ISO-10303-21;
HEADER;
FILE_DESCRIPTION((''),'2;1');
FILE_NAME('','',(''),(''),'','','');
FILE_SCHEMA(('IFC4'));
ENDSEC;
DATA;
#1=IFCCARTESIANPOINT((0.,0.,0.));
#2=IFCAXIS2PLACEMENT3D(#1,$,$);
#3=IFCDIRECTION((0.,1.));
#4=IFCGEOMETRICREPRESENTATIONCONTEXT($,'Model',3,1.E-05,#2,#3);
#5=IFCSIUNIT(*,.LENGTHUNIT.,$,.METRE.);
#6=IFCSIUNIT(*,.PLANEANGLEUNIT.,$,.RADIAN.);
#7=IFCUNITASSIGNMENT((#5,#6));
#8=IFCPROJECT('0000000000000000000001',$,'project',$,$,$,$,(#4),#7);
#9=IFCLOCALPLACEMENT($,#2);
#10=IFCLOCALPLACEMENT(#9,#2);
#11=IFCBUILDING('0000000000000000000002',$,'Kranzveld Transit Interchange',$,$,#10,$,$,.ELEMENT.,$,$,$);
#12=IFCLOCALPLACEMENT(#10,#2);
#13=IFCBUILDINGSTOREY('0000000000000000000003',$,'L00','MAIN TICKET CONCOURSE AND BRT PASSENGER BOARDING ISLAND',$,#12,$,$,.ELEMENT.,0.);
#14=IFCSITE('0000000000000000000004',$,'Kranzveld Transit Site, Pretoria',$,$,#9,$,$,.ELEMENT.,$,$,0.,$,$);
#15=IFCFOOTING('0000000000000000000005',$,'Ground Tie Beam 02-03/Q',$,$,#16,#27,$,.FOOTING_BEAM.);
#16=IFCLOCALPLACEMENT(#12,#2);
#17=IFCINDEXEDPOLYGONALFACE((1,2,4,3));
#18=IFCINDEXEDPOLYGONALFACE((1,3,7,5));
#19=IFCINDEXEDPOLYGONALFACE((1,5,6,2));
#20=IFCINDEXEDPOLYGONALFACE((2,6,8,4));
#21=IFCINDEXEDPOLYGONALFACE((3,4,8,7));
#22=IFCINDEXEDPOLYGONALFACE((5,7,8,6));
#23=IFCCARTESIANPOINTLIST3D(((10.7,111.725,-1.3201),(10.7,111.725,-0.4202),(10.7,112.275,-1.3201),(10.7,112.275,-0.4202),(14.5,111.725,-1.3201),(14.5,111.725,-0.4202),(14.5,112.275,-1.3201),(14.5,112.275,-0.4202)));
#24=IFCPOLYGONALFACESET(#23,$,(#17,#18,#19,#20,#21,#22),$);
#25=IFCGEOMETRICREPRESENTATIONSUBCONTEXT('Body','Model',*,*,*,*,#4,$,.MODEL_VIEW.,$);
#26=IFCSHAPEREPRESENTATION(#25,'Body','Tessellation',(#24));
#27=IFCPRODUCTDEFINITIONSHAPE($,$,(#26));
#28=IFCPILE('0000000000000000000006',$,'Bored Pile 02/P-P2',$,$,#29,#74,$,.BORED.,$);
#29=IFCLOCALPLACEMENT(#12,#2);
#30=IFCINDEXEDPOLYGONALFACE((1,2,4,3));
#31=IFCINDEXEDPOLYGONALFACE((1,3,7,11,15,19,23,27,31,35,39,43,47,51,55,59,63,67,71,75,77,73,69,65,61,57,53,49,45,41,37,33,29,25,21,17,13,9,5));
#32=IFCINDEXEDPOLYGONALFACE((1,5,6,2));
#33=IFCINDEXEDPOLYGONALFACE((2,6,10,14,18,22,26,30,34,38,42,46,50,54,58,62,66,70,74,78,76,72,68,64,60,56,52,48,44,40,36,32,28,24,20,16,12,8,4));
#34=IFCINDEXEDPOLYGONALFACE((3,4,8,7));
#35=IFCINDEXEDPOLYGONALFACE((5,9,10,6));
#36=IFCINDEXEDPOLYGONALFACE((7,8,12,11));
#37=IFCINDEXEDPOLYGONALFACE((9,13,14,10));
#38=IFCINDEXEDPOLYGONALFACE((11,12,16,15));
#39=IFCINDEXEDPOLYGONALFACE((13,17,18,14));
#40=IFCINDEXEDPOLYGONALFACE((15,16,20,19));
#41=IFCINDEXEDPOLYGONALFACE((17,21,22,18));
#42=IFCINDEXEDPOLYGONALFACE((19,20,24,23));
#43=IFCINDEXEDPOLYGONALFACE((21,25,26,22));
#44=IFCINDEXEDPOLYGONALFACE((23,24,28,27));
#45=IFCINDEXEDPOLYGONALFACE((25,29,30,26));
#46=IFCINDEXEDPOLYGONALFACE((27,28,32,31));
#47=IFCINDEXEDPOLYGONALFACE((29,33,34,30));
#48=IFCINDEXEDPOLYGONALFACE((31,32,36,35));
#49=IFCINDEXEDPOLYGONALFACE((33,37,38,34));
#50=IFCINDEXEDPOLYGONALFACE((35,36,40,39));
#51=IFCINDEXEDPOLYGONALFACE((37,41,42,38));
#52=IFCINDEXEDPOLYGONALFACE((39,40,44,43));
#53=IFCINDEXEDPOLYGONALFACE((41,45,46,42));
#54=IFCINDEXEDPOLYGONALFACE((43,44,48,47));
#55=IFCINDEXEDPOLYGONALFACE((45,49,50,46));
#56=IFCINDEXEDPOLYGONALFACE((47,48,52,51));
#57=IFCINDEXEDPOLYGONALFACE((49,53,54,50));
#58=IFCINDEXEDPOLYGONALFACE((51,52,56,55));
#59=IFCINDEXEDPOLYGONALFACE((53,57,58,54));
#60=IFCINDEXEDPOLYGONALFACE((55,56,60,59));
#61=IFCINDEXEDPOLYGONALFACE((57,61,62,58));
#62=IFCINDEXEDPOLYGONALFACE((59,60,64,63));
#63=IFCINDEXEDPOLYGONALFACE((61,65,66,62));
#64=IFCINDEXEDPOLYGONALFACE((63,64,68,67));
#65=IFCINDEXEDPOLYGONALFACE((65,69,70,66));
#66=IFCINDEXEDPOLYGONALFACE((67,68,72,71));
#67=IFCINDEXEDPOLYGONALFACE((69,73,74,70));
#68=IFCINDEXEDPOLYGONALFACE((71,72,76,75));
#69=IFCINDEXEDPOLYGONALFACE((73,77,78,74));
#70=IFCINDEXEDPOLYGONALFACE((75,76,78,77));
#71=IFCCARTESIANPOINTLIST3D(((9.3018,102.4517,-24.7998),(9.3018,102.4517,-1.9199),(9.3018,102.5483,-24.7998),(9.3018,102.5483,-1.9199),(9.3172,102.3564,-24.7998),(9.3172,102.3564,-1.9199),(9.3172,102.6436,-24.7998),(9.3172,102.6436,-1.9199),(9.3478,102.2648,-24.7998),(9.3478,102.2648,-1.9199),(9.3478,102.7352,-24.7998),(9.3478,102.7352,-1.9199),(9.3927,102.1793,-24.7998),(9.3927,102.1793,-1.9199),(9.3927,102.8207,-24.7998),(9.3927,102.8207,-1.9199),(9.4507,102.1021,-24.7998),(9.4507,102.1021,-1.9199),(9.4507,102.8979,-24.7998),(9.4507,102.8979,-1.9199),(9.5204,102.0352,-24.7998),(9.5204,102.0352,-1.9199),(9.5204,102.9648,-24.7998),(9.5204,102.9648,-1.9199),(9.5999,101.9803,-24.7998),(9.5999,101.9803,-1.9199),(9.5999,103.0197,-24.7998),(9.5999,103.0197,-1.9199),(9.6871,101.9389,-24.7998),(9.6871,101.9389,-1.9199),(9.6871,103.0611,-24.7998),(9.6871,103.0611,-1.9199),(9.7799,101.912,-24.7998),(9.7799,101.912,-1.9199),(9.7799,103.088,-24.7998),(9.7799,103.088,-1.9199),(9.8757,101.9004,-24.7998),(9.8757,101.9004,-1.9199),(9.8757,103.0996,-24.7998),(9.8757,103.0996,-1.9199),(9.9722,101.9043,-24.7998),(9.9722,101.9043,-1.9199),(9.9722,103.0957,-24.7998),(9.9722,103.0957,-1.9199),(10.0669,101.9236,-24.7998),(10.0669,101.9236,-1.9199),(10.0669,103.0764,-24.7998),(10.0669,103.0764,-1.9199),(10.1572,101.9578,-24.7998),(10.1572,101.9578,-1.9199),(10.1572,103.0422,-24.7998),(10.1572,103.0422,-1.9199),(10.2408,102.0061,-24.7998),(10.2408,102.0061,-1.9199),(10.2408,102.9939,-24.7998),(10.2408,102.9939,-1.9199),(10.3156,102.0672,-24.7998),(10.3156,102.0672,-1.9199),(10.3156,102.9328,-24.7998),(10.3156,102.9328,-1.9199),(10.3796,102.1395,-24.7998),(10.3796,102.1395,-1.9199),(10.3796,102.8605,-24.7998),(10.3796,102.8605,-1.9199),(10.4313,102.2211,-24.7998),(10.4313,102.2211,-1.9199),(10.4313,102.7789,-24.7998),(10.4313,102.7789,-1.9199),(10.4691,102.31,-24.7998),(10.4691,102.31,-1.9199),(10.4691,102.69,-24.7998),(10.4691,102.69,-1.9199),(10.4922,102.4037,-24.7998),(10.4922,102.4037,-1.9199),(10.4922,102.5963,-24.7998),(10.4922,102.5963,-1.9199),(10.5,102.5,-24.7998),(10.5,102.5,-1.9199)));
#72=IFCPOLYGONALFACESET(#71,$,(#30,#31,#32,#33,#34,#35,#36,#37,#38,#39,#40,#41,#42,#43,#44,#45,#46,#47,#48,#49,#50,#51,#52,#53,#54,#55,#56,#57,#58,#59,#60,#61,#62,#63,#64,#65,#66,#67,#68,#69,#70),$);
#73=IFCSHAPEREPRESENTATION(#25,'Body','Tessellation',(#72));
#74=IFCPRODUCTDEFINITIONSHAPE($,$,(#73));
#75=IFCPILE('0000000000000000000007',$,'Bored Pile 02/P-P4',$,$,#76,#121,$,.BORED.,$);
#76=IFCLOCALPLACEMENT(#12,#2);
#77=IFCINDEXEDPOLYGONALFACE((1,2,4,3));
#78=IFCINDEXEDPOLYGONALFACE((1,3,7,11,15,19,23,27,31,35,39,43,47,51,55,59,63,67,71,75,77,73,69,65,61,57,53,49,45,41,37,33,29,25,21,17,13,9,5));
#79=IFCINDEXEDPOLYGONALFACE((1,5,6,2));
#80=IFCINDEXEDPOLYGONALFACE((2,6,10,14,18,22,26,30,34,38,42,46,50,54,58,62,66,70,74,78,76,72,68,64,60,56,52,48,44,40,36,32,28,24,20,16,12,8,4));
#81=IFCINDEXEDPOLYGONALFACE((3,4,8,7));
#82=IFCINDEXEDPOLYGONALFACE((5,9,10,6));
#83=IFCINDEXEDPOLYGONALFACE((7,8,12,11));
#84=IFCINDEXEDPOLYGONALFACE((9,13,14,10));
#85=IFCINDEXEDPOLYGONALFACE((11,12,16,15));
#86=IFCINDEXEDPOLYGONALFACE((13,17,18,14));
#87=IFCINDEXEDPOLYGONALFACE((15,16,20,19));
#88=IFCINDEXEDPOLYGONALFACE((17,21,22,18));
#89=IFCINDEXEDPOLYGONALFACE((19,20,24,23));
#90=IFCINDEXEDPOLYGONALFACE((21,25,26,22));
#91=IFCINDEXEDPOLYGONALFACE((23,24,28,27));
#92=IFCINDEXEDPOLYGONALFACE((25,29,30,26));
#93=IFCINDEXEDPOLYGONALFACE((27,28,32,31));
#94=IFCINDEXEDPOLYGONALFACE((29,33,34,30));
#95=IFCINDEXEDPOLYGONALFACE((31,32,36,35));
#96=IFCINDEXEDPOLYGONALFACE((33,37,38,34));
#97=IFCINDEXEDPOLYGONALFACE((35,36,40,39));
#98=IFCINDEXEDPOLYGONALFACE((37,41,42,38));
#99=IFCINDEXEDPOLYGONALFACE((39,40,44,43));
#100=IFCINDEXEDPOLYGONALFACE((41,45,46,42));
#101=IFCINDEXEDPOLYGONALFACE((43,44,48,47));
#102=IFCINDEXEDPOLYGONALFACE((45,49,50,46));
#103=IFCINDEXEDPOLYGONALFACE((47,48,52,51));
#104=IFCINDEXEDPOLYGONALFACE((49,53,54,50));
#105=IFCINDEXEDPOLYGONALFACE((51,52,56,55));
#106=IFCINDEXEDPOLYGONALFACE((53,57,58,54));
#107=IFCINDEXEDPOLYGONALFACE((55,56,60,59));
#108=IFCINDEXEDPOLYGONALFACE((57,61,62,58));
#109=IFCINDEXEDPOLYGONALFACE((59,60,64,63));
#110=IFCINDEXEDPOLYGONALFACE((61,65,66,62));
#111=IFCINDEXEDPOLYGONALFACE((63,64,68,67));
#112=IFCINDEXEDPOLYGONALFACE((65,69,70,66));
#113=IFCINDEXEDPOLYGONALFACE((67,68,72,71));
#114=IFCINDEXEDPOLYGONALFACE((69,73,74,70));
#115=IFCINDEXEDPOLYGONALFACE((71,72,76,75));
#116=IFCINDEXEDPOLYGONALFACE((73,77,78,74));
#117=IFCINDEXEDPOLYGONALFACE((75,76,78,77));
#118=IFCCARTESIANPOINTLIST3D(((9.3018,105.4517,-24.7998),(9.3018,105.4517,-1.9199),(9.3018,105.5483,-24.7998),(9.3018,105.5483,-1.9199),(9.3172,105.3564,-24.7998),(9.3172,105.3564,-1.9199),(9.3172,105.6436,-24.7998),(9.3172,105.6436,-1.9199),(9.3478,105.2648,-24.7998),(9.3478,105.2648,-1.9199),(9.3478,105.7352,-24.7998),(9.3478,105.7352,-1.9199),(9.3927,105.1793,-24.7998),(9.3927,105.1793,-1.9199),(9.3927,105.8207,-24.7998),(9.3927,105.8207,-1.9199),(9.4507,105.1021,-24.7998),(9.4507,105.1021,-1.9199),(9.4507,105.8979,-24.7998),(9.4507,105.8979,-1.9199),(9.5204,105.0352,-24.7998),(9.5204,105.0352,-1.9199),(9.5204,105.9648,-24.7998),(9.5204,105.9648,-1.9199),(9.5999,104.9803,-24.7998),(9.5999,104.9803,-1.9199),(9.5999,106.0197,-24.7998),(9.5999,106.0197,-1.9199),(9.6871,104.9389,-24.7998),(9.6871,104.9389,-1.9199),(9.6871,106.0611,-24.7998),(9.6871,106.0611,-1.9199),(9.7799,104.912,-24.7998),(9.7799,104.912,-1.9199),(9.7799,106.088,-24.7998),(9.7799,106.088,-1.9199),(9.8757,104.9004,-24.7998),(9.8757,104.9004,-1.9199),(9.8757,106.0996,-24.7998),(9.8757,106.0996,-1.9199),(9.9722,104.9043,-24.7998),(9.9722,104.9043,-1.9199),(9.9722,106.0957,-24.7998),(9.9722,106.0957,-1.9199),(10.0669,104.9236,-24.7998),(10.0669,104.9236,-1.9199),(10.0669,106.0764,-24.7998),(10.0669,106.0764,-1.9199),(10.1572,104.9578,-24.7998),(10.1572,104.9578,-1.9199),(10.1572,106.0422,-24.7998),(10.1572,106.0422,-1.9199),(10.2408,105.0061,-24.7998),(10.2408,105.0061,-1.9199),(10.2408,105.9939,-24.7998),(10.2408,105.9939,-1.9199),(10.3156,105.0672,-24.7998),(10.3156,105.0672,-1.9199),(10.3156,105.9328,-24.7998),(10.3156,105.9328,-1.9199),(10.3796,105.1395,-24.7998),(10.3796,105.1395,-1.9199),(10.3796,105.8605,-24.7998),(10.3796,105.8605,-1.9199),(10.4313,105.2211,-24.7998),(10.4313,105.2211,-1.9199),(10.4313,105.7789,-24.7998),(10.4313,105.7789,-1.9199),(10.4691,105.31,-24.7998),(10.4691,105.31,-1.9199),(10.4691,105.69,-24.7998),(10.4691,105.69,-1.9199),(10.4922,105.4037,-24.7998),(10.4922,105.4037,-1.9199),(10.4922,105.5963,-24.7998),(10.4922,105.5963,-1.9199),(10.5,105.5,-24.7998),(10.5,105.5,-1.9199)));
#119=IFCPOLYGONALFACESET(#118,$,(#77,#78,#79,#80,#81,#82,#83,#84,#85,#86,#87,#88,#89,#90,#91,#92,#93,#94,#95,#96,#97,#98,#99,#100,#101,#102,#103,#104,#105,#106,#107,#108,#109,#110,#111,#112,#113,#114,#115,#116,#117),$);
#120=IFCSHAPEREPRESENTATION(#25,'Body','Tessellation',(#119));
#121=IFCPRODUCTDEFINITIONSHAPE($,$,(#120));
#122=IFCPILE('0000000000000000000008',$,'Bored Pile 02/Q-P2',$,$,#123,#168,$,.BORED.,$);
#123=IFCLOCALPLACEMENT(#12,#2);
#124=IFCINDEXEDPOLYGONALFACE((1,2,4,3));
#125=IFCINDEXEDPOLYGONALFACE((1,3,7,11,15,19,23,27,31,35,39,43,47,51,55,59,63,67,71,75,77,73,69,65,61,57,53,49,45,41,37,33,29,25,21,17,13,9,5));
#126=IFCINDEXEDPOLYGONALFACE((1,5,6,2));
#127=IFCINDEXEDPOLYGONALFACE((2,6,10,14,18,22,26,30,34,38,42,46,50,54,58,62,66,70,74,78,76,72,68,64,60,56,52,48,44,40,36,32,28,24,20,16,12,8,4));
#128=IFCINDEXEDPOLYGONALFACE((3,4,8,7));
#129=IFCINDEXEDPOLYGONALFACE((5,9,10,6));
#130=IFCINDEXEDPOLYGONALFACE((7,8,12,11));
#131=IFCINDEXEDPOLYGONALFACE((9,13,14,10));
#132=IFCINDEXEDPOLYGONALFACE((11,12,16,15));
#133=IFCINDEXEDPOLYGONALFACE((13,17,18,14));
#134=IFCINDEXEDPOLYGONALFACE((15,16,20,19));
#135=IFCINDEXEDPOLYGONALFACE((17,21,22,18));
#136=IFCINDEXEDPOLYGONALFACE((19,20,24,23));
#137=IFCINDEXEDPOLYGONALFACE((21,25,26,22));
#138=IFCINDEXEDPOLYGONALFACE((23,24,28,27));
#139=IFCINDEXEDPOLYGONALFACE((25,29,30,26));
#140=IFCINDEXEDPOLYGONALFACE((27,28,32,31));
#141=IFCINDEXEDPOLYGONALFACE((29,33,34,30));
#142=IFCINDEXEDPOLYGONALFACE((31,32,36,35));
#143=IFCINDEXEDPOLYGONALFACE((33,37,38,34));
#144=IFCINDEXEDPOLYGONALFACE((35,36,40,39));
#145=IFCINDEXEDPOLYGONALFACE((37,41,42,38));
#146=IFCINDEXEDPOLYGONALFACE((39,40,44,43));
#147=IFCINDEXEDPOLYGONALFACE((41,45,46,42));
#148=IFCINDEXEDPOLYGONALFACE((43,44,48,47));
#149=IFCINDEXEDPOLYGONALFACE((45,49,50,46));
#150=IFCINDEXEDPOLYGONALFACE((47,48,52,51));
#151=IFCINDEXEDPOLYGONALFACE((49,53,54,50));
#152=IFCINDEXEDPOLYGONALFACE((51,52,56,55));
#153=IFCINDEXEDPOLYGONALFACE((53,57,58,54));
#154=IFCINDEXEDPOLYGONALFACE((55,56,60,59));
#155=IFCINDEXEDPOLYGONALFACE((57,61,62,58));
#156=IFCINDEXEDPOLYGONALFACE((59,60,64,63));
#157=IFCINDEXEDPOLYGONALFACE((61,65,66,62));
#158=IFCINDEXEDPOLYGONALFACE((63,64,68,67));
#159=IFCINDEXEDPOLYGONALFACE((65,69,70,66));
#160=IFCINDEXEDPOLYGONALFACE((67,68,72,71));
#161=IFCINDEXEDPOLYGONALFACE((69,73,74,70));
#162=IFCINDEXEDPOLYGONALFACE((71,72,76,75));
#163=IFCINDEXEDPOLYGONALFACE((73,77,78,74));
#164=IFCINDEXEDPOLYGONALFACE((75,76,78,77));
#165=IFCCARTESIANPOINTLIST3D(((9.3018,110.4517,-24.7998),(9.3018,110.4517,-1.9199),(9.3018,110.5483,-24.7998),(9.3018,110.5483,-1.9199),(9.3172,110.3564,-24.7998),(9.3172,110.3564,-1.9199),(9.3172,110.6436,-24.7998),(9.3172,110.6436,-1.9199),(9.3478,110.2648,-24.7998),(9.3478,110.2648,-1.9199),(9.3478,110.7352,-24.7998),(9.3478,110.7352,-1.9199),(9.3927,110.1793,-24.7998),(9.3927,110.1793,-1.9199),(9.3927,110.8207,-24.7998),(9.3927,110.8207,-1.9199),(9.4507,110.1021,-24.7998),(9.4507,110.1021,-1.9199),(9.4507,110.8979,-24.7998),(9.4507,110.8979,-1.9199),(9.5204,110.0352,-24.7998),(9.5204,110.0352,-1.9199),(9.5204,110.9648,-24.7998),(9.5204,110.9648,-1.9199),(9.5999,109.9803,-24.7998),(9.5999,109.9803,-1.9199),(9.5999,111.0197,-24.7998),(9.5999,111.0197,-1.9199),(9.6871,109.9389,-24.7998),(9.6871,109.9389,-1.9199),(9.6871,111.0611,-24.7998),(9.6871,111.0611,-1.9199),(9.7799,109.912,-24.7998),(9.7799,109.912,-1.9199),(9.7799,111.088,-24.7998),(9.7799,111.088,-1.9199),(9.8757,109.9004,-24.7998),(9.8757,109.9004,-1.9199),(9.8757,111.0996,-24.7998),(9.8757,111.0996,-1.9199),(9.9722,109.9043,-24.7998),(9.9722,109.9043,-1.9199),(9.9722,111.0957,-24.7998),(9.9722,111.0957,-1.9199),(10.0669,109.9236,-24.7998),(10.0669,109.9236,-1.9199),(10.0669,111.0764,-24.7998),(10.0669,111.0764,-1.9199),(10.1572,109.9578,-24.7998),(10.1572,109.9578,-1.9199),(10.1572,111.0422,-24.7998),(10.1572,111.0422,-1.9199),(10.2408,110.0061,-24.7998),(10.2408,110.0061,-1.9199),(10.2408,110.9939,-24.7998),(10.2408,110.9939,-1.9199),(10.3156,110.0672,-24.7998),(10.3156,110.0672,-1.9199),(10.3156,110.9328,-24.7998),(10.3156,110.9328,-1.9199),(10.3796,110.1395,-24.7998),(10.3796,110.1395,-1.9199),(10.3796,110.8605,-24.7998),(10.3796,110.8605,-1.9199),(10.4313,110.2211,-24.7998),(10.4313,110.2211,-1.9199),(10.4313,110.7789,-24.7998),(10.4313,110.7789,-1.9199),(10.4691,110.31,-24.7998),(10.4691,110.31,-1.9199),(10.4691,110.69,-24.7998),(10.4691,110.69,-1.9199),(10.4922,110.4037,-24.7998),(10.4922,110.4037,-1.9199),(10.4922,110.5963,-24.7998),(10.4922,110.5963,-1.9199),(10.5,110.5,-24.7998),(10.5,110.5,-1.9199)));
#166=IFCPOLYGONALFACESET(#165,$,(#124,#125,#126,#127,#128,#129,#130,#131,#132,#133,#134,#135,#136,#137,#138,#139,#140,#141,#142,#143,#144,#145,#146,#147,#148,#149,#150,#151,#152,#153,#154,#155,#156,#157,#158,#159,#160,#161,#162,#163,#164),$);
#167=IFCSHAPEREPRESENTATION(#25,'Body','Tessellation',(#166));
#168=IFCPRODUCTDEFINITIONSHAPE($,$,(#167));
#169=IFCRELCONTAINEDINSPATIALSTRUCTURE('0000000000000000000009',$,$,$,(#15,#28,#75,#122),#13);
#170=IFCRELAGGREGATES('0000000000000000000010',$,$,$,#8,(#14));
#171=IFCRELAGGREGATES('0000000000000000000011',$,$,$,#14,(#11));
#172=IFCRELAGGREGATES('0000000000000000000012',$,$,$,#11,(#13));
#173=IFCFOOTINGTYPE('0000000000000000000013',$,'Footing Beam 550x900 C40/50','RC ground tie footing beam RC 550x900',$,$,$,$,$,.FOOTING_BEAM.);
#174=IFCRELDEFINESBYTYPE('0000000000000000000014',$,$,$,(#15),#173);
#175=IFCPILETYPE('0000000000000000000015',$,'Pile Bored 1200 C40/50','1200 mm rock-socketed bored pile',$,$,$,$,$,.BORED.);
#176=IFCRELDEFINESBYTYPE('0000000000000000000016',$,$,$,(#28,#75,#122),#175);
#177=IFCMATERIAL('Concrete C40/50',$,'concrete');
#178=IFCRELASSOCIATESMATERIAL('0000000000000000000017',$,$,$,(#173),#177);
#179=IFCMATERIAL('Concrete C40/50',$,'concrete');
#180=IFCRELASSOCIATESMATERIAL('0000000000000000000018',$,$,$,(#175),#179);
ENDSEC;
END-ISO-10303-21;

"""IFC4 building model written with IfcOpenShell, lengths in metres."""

from ifc_helpers import new_model, si_unit, direction, frame, origin, origin_2d, place, context, subcontext, project, spatial, rectangle, circle, extrude, material, material_profile, profile_set, type_object, element, save


model = new_model("IFC4")

# Units and contexts
model_context = context("Model", 3, precision=1e-05, world=origin(), true_north=direction((0.0, 1.0)))
body_context = subcontext(model_context, "Body", "Model", "MODEL_VIEW")
ifc_project = project(units=[si_unit("LENGTHUNIT", "METRE"), si_unit("PLANEANGLEUNIT", "RADIAN")], contexts=[model_context])

# Site, building, storey
site_placement = place(None, origin())
site = spatial("IfcSite", under=ifc_project, at=site_placement, Name="Kranzveld Transit Site, Pretoria", CompositionType="ELEMENT", RefElevation=0.0)
building_placement = place(site_placement, origin())
building = spatial("IfcBuilding", under=site, at=building_placement, Name="Kranzveld Transit Interchange", CompositionType="ELEMENT")
storey_placement = place(building_placement, origin())
storey = spatial("IfcBuildingStorey", under=building, at=storey_placement, Name="L00", Description="MAIN TICKET CONCOURSE AND BRT PASSENGER BOARDING ISLAND", CompositionType="ELEMENT", Elevation=0.0)

# Footing
ifc_material_1 = material(Name="Concrete C40/50", Category="concrete")
ifc_material_profile_1 = material_profile(ifc_material_1, rectangle(XDim=0.55, YDim=0.8999, at=origin_2d()), Name="RC 550x900")
ifc_profile_set_1 = profile_set([ifc_material_profile_1], Name="Concrete C40/50")
footing_type_1 = type_object("IfcFootingType", Name="Footing Beam 550x900 C40/50", Description="RC ground tie footing beam RC 550x900", PredefinedType="FOOTING_BEAM", material=ifc_profile_set_1)
footing_placement = place(storey_placement, frame((10.7, 112.0, -0.8701), z_axis=(1.0, 0.0, 0.0), x_axis=(0.0, 1.0, 0.0)))
element("IfcFooting", 1, at=footing_placement, inside=storey, type_object=footing_type_1, Name="Ground Tie Beam 02-03/Q", PredefinedType="FOOTING_BEAM", context=body_context, shape_type="SweptSolid", body=[
    extrude(rectangle(XDim=0.55, YDim=0.8999, at=origin_2d()), origin(), (0.0, 0.0, 1.0), 3.8),
])

# Piles
ifc_material_2 = material(Name="Concrete C40/50", Category="concrete")
ifc_material_profile_2 = material_profile(ifc_material_2, circle(Radius=0.6001, at=origin_2d()), Name="BORED PILE 1200")
ifc_profile_set_2 = profile_set([ifc_material_profile_2], Name="Concrete C40/50")
pile_type = type_object("IfcPileType", Name="Pile Bored 1200 C40/50", Description="1200 mm rock-socketed bored pile", PredefinedType="BORED", material=ifc_profile_set_2)
for number, where, z_axis, x_axis, name in (
    (2, (9.8999, 102.5, -1.9199), (0.0, 0.0, -1.0), (1.0, 0.0, 0.0), "Bored Pile 02/P-P2"),
    (3, (9.8999, 105.5, -1.9199), (0.0, 0.0, -1.0), (1.0, 0.0, 0.0), "Bored Pile 02/P-P4"),
    (4, (9.8999, 110.5, -1.9199), (0.0, 0.0, -1.0), (1.0, 0.0, 0.0), "Bored Pile 02/Q-P2"),
):
    element("IfcPile", number, at=place(storey_placement, frame(where, z_axis=z_axis, x_axis=x_axis)), inside=storey, type_object=pile_type, Name=name, PredefinedType="BORED", context=body_context, shape_type="SweptSolid", body=[
        extrude(circle(Radius=0.6001, at=origin_2d()), origin(), (0.0, 0.0, 1.0), 22.8799),
    ])

save(model, "model.ifc")
